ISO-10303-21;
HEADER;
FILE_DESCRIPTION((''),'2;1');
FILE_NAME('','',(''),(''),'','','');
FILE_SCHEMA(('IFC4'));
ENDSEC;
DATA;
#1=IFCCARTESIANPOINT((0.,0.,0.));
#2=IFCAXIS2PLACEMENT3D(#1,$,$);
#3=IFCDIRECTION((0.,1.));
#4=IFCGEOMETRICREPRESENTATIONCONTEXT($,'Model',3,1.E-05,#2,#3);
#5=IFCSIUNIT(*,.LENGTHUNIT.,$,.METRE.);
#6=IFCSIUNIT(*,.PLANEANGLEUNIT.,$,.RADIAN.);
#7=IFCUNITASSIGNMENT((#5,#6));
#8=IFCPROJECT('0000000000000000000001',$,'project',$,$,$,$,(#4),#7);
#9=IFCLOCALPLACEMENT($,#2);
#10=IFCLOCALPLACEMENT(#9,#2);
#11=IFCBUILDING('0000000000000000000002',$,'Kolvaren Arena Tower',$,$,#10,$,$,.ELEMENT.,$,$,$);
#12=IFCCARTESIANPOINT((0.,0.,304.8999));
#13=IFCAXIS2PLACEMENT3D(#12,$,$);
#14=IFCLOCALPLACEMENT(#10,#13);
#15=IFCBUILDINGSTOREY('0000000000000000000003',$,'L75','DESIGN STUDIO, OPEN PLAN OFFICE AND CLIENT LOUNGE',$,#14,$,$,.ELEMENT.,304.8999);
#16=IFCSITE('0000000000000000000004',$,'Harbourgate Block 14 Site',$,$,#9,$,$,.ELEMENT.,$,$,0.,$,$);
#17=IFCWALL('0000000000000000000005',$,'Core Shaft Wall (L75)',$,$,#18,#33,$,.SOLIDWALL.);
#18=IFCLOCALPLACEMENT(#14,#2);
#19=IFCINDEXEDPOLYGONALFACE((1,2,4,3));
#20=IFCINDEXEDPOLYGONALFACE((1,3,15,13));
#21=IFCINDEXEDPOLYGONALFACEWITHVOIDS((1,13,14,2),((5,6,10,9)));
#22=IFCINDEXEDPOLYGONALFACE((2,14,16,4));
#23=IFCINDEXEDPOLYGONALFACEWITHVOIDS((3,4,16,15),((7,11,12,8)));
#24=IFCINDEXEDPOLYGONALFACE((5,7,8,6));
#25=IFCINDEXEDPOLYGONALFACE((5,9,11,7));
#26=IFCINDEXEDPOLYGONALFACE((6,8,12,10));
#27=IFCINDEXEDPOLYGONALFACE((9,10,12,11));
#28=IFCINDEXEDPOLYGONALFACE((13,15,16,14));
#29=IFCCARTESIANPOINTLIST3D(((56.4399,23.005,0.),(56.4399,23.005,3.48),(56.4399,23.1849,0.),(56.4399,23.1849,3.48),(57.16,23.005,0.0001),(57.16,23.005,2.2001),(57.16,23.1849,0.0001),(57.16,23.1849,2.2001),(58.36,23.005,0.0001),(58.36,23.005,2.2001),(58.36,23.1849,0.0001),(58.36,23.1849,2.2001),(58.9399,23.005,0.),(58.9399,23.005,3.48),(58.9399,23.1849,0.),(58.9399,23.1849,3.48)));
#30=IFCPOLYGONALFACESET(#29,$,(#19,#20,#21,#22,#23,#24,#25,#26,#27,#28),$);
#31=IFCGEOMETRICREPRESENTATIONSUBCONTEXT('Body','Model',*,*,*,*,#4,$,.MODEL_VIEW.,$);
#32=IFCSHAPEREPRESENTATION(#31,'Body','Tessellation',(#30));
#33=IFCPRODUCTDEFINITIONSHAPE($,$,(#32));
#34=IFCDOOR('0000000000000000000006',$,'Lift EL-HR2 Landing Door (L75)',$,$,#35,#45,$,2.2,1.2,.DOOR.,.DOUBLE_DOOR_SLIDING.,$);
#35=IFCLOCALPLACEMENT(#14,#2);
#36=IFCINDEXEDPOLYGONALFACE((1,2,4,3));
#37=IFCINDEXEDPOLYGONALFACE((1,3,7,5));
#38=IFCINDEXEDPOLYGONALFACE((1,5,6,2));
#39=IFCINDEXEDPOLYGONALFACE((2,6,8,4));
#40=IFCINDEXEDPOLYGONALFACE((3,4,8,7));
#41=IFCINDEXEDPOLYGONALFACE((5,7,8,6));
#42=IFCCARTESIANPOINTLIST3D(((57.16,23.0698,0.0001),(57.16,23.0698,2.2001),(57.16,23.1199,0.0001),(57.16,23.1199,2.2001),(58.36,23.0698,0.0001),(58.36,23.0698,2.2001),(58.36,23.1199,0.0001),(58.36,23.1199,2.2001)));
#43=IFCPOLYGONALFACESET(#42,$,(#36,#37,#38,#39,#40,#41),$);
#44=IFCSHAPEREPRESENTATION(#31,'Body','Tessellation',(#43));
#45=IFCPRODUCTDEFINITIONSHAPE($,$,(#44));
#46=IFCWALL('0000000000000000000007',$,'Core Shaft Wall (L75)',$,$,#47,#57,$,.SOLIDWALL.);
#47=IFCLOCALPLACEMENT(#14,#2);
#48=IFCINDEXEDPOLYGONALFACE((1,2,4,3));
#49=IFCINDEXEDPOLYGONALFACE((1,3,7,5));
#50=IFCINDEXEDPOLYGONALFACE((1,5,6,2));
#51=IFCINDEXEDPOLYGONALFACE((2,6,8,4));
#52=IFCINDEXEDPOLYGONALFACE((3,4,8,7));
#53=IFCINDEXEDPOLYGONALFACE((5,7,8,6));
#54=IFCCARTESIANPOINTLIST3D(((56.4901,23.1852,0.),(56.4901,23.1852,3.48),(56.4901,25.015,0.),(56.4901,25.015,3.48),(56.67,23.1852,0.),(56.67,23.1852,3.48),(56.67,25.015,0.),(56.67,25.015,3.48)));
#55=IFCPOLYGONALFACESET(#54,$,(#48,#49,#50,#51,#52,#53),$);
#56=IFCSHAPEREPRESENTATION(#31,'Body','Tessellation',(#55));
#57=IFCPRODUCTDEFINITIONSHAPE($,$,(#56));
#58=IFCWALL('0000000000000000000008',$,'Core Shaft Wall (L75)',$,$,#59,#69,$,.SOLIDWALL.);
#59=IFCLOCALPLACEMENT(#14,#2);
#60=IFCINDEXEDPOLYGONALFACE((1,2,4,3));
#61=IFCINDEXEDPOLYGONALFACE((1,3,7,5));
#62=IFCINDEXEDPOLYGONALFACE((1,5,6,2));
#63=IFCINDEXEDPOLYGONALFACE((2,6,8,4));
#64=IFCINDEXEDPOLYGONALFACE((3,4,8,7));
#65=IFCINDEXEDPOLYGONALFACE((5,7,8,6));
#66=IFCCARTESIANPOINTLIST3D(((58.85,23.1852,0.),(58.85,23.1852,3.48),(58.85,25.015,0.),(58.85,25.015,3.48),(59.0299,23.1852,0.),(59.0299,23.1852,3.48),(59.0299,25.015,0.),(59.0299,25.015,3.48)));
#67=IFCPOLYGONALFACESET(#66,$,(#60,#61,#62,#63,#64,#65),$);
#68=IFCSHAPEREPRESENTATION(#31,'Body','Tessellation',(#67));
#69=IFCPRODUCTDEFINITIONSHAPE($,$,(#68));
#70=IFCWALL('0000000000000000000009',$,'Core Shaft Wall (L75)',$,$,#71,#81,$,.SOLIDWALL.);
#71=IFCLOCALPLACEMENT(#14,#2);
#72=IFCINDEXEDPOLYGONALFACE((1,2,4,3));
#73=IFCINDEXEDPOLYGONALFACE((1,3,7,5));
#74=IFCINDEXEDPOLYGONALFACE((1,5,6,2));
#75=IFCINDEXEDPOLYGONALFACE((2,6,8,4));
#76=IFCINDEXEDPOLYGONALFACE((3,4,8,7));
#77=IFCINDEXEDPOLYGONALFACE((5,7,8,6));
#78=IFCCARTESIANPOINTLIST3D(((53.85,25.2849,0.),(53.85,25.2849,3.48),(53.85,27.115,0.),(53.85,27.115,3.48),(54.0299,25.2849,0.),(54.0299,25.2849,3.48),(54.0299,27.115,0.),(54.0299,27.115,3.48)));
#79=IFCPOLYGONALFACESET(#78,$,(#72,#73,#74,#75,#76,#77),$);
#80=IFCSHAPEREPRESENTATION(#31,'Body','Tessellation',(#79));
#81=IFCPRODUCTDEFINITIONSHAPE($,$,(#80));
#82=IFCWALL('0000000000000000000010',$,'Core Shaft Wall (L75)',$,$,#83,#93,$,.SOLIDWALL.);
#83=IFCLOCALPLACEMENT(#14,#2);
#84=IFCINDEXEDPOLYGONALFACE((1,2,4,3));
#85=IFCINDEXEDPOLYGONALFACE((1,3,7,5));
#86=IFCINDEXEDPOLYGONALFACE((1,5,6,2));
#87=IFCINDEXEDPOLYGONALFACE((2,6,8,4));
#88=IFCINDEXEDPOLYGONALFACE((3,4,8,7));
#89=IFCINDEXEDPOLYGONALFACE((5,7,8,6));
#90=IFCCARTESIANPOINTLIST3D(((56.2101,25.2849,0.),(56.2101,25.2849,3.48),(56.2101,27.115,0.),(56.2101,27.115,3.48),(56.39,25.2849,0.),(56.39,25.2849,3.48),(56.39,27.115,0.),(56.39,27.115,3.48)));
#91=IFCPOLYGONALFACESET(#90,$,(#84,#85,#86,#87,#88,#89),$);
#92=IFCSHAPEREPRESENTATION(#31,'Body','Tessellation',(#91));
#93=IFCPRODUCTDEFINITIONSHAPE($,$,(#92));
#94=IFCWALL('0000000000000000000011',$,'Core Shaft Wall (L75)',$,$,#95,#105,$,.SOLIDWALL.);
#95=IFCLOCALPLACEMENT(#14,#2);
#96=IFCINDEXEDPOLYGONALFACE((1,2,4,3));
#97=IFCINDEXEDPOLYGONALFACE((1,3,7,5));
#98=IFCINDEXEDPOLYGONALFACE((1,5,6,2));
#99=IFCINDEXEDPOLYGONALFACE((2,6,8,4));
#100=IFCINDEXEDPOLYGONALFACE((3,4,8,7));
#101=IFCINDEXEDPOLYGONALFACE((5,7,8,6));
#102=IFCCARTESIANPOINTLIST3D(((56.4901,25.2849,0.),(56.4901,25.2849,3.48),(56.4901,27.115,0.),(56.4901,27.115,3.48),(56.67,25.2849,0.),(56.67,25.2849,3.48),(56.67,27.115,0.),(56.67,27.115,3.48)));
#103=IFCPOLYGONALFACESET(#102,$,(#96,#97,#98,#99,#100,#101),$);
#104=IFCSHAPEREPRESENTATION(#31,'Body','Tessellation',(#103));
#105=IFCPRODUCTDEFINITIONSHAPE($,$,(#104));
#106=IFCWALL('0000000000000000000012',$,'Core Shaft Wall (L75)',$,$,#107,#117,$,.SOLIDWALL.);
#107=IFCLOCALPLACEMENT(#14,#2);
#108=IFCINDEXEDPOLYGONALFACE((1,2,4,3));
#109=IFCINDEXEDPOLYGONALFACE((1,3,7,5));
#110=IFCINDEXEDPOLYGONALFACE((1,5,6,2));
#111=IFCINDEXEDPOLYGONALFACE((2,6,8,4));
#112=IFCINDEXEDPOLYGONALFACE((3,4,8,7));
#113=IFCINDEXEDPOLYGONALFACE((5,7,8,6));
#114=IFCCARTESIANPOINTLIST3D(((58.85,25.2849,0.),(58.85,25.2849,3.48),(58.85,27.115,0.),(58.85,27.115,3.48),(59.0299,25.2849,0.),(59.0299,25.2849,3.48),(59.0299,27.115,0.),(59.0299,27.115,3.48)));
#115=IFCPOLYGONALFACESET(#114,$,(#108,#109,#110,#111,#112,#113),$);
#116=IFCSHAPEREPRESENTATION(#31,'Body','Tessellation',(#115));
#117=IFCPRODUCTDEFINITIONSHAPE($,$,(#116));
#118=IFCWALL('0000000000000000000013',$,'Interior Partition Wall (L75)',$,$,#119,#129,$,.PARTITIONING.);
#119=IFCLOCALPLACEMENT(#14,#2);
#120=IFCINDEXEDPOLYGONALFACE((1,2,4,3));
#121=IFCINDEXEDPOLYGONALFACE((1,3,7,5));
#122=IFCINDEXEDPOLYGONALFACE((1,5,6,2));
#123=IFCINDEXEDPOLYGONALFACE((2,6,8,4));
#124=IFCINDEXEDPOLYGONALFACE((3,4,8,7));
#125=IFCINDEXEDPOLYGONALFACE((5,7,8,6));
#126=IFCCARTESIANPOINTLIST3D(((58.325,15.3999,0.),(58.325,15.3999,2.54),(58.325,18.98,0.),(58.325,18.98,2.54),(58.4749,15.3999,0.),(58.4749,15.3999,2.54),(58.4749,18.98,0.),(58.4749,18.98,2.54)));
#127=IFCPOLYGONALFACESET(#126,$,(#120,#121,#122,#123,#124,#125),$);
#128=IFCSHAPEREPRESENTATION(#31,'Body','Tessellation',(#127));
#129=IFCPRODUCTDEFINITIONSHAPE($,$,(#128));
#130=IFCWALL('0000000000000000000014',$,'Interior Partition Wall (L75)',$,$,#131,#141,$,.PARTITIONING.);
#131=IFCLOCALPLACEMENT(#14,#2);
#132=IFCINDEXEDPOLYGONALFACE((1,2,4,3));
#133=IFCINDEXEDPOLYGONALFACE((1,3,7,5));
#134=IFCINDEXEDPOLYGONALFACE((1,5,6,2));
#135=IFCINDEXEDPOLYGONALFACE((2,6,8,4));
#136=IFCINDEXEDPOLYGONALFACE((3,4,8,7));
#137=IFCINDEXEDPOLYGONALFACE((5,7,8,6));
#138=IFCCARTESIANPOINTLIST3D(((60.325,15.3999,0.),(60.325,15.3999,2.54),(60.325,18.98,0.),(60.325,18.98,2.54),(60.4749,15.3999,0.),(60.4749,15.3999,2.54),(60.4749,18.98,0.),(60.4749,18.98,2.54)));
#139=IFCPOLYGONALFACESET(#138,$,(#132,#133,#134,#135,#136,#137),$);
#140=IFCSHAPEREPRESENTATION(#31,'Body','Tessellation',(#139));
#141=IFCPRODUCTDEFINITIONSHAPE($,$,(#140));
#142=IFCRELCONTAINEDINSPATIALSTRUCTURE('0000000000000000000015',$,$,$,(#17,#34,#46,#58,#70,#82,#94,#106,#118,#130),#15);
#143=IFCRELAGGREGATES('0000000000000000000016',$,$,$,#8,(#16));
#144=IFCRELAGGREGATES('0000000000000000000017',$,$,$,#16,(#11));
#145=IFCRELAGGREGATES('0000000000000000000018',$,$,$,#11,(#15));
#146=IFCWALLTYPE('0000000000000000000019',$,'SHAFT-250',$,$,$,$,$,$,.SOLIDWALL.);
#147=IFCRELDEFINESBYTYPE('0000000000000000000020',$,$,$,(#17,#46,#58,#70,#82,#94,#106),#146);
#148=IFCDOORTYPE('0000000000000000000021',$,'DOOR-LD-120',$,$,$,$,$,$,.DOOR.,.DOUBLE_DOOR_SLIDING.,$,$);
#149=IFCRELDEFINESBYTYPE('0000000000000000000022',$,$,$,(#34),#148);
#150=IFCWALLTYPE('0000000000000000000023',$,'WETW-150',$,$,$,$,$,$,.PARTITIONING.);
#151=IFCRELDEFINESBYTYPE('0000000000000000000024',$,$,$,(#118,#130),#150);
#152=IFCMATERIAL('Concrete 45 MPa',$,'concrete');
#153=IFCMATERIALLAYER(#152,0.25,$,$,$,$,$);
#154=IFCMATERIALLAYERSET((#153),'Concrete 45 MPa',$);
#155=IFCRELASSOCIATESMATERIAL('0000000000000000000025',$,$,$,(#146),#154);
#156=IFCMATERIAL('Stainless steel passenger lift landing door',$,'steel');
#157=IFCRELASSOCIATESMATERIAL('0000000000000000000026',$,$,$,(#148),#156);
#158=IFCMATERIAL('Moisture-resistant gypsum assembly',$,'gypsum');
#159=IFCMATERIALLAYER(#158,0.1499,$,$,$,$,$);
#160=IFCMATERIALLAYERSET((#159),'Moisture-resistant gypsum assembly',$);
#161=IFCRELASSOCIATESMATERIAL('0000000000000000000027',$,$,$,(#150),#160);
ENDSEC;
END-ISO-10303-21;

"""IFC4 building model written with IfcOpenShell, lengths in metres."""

from ifc_helpers import new_model, si_unit, direction, frame, frame_2d, origin, place, context, subcontext, project, spatial, rectangle, extrude, material, layer, layer_set, type_object, element, fill, save


model = new_model("IFC4")

# Units and contexts
model_context = context("Model", 3, precision=1e-05, world=origin(), true_north=direction((0.0, 1.0)))
body_context = subcontext(model_context, "Body", "Model", "MODEL_VIEW")
ifc_project = project(units=[si_unit("LENGTHUNIT", "METRE"), si_unit("PLANEANGLEUNIT", "RADIAN")], contexts=[model_context])

# Site, building, storey
site_placement = place(None, origin())
site = spatial("IfcSite", under=ifc_project, at=site_placement, Name="Harbourgate Block 14 Site", CompositionType="ELEMENT", RefElevation=0.0)
building_placement = place(site_placement, origin())
building = spatial("IfcBuilding", under=site, at=building_placement, Name="Kolvaren Arena Tower", CompositionType="ELEMENT")
storey_placement = place(building_placement, frame((0.0, 0.0, 304.8999)))
storey = spatial("IfcBuildingStorey", under=building, at=storey_placement, Name="L75", Description="DESIGN STUDIO, OPEN PLAN OFFICE AND CLIENT LOUNGE", CompositionType="ELEMENT", Elevation=304.8999)

# Shared definitions
ifc_material_1 = material(Name="Concrete 45 MPa", Category="concrete")
ifc_layer_1 = layer(ifc_material_1, 0.25)
ifc_layer_set_1 = layer_set([ifc_layer_1], Name="Concrete 45 MPa")
wall_type_1 = type_object("IfcWallType", Name="SHAFT-250", PredefinedType="SOLIDWALL", material=ifc_layer_set_1)

# Wall, opening, door
wall_1_placement = place(storey_placement, frame((56.4399, 23.095, 0.0), z_axis=(0.0, 0.0, 1.0), x_axis=(1.0, 0.0, 0.0)))
wall_1 = element("IfcWall", 1, at=wall_1_placement, inside=storey, type_object=wall_type_1, Name="Core Shaft Wall (L75)", PredefinedType="SOLIDWALL", context=body_context, shape_type="SweptSolid", body=[
    extrude(rectangle(XDim=2.5, YDim=0.1799, at=frame_2d((1.25, 0.0))), origin(), (0.0, 0.0, 1.0), 3.48),
])
opening_placement = place(wall_1_placement, frame((0.72, 0.0, 0.0)))
opening = element("IfcOpeningElement", 2, at=opening_placement, cuts=wall_1, PredefinedType="OPENING", context=body_context, shape_type="SweptSolid", body=[
    extrude(rectangle(XDim=1.2, YDim=2.2, at=frame_2d((0.6001, 1.1001))), frame((0.0, 0.0999, 0.0), z_axis=(0.0, -1.0, 0.0), x_axis=(1.0, 0.0, 0.0)), (0.0, 0.0, 1.0), 0.2),
])
ifc_material_2 = material(Name="Stainless steel passenger lift landing door", Category="steel")
door_type = type_object("IfcDoorType", Name="DOOR-LD-120", OperationType="DOUBLE_DOOR_SLIDING", PredefinedType="DOOR", material=ifc_material_2)
door_placement = place(opening_placement, origin())
door = element("IfcDoor", 3, at=door_placement, inside=storey, type_object=door_type, Name="Lift EL-HR2 Landing Door (L75)", OperationType="DOUBLE_DOOR_SLIDING", OverallHeight=2.2, OverallWidth=1.2, PredefinedType="DOOR", context=body_context, shape_type="SweptSolid", body=[
    extrude(rectangle(XDim=1.2, YDim=2.2, at=frame_2d((0.6001, 1.1001))), frame((0.0, 0.0249, 0.0), z_axis=(0.0, -1.0, 0.0), x_axis=(1.0, 0.0, 0.0)), (0.0, 0.0, 1.0), 0.05),
])
fill(opening, door)

# Walls
for number, where, z_axis, x_axis, name in (
    (4, (56.5801, 23.1851, 0.0), (0.0, 0.0, 1.0), (0.0, 1.0, 0.0), "Core Shaft Wall (L75)"),
    (5, (58.9399, 23.1851, 0.0), (0.0, 0.0, 1.0), (0.0, 1.0, 0.0), "Core Shaft Wall (L75)"),
):
    element("IfcWall", number, at=place(storey_placement, frame(where, z_axis=z_axis, x_axis=x_axis)), inside=storey, type_object=wall_type_1, Name=name, PredefinedType="SOLIDWALL", context=body_context, shape_type="SweptSolid", body=[
        extrude(rectangle(XDim=1.8298, YDim=0.1799, at=frame_2d((0.915, 0.0))), origin(), (0.0, 0.0, 1.0), 3.48),
    ])
for number, where, z_axis, x_axis, name in (
    (6, (53.9399, 25.2849, 0.0), (0.0, 0.0, 1.0), (0.0, 1.0, 0.0), "Core Shaft Wall (L75)"),
    (7, (56.3, 25.2849, 0.0), (0.0, 0.0, 1.0), (0.0, 1.0, 0.0), "Core Shaft Wall (L75)"),
    (8, (56.5801, 25.2849, 0.0), (0.0, 0.0, 1.0), (0.0, 1.0, 0.0), "Core Shaft Wall (L75)"),
    (9, (58.9399, 25.2849, 0.0), (0.0, 0.0, 1.0), (0.0, 1.0, 0.0), "Core Shaft Wall (L75)"),
):
    element("IfcWall", number, at=place(storey_placement, frame(where, z_axis=z_axis, x_axis=x_axis)), inside=storey, type_object=wall_type_1, Name=name, PredefinedType="SOLIDWALL", context=body_context, shape_type="SweptSolid", body=[
        extrude(rectangle(XDim=1.8301, YDim=0.1799, at=frame_2d((0.915, 0.0))), origin(), (0.0, 0.0, 1.0), 3.48),
    ])
ifc_material_3 = material(Name="Moisture-resistant gypsum assembly", Category="gypsum")
ifc_layer_2 = layer(ifc_material_3, 0.1499)
ifc_layer_set_2 = layer_set([ifc_layer_2], Name="Moisture-resistant gypsum assembly")
wall_type_2 = type_object("IfcWallType", Name="WETW-150", PredefinedType="PARTITIONING", material=ifc_layer_set_2)
for number, where, z_axis, x_axis, name in (
    (10, (58.3999, 15.3999, 0.0), (0.0, 0.0, 1.0), (0.0, 1.0, 0.0), "Interior Partition Wall (L75)"),
    (11, (60.3999, 15.3999, 0.0), (0.0, 0.0, 1.0), (0.0, 1.0, 0.0), "Interior Partition Wall (L75)"),
):
    element("IfcWall", number, at=place(storey_placement, frame(where, z_axis=z_axis, x_axis=x_axis)), inside=storey, type_object=wall_type_2, Name=name, PredefinedType="PARTITIONING", context=body_context, shape_type="SweptSolid", body=[
        extrude(rectangle(XDim=3.5801, YDim=0.1499, at=frame_2d((1.79, 0.0))), origin(), (0.0, 0.0, 1.0), 2.54),
    ])

save(model, "model.ifc")
